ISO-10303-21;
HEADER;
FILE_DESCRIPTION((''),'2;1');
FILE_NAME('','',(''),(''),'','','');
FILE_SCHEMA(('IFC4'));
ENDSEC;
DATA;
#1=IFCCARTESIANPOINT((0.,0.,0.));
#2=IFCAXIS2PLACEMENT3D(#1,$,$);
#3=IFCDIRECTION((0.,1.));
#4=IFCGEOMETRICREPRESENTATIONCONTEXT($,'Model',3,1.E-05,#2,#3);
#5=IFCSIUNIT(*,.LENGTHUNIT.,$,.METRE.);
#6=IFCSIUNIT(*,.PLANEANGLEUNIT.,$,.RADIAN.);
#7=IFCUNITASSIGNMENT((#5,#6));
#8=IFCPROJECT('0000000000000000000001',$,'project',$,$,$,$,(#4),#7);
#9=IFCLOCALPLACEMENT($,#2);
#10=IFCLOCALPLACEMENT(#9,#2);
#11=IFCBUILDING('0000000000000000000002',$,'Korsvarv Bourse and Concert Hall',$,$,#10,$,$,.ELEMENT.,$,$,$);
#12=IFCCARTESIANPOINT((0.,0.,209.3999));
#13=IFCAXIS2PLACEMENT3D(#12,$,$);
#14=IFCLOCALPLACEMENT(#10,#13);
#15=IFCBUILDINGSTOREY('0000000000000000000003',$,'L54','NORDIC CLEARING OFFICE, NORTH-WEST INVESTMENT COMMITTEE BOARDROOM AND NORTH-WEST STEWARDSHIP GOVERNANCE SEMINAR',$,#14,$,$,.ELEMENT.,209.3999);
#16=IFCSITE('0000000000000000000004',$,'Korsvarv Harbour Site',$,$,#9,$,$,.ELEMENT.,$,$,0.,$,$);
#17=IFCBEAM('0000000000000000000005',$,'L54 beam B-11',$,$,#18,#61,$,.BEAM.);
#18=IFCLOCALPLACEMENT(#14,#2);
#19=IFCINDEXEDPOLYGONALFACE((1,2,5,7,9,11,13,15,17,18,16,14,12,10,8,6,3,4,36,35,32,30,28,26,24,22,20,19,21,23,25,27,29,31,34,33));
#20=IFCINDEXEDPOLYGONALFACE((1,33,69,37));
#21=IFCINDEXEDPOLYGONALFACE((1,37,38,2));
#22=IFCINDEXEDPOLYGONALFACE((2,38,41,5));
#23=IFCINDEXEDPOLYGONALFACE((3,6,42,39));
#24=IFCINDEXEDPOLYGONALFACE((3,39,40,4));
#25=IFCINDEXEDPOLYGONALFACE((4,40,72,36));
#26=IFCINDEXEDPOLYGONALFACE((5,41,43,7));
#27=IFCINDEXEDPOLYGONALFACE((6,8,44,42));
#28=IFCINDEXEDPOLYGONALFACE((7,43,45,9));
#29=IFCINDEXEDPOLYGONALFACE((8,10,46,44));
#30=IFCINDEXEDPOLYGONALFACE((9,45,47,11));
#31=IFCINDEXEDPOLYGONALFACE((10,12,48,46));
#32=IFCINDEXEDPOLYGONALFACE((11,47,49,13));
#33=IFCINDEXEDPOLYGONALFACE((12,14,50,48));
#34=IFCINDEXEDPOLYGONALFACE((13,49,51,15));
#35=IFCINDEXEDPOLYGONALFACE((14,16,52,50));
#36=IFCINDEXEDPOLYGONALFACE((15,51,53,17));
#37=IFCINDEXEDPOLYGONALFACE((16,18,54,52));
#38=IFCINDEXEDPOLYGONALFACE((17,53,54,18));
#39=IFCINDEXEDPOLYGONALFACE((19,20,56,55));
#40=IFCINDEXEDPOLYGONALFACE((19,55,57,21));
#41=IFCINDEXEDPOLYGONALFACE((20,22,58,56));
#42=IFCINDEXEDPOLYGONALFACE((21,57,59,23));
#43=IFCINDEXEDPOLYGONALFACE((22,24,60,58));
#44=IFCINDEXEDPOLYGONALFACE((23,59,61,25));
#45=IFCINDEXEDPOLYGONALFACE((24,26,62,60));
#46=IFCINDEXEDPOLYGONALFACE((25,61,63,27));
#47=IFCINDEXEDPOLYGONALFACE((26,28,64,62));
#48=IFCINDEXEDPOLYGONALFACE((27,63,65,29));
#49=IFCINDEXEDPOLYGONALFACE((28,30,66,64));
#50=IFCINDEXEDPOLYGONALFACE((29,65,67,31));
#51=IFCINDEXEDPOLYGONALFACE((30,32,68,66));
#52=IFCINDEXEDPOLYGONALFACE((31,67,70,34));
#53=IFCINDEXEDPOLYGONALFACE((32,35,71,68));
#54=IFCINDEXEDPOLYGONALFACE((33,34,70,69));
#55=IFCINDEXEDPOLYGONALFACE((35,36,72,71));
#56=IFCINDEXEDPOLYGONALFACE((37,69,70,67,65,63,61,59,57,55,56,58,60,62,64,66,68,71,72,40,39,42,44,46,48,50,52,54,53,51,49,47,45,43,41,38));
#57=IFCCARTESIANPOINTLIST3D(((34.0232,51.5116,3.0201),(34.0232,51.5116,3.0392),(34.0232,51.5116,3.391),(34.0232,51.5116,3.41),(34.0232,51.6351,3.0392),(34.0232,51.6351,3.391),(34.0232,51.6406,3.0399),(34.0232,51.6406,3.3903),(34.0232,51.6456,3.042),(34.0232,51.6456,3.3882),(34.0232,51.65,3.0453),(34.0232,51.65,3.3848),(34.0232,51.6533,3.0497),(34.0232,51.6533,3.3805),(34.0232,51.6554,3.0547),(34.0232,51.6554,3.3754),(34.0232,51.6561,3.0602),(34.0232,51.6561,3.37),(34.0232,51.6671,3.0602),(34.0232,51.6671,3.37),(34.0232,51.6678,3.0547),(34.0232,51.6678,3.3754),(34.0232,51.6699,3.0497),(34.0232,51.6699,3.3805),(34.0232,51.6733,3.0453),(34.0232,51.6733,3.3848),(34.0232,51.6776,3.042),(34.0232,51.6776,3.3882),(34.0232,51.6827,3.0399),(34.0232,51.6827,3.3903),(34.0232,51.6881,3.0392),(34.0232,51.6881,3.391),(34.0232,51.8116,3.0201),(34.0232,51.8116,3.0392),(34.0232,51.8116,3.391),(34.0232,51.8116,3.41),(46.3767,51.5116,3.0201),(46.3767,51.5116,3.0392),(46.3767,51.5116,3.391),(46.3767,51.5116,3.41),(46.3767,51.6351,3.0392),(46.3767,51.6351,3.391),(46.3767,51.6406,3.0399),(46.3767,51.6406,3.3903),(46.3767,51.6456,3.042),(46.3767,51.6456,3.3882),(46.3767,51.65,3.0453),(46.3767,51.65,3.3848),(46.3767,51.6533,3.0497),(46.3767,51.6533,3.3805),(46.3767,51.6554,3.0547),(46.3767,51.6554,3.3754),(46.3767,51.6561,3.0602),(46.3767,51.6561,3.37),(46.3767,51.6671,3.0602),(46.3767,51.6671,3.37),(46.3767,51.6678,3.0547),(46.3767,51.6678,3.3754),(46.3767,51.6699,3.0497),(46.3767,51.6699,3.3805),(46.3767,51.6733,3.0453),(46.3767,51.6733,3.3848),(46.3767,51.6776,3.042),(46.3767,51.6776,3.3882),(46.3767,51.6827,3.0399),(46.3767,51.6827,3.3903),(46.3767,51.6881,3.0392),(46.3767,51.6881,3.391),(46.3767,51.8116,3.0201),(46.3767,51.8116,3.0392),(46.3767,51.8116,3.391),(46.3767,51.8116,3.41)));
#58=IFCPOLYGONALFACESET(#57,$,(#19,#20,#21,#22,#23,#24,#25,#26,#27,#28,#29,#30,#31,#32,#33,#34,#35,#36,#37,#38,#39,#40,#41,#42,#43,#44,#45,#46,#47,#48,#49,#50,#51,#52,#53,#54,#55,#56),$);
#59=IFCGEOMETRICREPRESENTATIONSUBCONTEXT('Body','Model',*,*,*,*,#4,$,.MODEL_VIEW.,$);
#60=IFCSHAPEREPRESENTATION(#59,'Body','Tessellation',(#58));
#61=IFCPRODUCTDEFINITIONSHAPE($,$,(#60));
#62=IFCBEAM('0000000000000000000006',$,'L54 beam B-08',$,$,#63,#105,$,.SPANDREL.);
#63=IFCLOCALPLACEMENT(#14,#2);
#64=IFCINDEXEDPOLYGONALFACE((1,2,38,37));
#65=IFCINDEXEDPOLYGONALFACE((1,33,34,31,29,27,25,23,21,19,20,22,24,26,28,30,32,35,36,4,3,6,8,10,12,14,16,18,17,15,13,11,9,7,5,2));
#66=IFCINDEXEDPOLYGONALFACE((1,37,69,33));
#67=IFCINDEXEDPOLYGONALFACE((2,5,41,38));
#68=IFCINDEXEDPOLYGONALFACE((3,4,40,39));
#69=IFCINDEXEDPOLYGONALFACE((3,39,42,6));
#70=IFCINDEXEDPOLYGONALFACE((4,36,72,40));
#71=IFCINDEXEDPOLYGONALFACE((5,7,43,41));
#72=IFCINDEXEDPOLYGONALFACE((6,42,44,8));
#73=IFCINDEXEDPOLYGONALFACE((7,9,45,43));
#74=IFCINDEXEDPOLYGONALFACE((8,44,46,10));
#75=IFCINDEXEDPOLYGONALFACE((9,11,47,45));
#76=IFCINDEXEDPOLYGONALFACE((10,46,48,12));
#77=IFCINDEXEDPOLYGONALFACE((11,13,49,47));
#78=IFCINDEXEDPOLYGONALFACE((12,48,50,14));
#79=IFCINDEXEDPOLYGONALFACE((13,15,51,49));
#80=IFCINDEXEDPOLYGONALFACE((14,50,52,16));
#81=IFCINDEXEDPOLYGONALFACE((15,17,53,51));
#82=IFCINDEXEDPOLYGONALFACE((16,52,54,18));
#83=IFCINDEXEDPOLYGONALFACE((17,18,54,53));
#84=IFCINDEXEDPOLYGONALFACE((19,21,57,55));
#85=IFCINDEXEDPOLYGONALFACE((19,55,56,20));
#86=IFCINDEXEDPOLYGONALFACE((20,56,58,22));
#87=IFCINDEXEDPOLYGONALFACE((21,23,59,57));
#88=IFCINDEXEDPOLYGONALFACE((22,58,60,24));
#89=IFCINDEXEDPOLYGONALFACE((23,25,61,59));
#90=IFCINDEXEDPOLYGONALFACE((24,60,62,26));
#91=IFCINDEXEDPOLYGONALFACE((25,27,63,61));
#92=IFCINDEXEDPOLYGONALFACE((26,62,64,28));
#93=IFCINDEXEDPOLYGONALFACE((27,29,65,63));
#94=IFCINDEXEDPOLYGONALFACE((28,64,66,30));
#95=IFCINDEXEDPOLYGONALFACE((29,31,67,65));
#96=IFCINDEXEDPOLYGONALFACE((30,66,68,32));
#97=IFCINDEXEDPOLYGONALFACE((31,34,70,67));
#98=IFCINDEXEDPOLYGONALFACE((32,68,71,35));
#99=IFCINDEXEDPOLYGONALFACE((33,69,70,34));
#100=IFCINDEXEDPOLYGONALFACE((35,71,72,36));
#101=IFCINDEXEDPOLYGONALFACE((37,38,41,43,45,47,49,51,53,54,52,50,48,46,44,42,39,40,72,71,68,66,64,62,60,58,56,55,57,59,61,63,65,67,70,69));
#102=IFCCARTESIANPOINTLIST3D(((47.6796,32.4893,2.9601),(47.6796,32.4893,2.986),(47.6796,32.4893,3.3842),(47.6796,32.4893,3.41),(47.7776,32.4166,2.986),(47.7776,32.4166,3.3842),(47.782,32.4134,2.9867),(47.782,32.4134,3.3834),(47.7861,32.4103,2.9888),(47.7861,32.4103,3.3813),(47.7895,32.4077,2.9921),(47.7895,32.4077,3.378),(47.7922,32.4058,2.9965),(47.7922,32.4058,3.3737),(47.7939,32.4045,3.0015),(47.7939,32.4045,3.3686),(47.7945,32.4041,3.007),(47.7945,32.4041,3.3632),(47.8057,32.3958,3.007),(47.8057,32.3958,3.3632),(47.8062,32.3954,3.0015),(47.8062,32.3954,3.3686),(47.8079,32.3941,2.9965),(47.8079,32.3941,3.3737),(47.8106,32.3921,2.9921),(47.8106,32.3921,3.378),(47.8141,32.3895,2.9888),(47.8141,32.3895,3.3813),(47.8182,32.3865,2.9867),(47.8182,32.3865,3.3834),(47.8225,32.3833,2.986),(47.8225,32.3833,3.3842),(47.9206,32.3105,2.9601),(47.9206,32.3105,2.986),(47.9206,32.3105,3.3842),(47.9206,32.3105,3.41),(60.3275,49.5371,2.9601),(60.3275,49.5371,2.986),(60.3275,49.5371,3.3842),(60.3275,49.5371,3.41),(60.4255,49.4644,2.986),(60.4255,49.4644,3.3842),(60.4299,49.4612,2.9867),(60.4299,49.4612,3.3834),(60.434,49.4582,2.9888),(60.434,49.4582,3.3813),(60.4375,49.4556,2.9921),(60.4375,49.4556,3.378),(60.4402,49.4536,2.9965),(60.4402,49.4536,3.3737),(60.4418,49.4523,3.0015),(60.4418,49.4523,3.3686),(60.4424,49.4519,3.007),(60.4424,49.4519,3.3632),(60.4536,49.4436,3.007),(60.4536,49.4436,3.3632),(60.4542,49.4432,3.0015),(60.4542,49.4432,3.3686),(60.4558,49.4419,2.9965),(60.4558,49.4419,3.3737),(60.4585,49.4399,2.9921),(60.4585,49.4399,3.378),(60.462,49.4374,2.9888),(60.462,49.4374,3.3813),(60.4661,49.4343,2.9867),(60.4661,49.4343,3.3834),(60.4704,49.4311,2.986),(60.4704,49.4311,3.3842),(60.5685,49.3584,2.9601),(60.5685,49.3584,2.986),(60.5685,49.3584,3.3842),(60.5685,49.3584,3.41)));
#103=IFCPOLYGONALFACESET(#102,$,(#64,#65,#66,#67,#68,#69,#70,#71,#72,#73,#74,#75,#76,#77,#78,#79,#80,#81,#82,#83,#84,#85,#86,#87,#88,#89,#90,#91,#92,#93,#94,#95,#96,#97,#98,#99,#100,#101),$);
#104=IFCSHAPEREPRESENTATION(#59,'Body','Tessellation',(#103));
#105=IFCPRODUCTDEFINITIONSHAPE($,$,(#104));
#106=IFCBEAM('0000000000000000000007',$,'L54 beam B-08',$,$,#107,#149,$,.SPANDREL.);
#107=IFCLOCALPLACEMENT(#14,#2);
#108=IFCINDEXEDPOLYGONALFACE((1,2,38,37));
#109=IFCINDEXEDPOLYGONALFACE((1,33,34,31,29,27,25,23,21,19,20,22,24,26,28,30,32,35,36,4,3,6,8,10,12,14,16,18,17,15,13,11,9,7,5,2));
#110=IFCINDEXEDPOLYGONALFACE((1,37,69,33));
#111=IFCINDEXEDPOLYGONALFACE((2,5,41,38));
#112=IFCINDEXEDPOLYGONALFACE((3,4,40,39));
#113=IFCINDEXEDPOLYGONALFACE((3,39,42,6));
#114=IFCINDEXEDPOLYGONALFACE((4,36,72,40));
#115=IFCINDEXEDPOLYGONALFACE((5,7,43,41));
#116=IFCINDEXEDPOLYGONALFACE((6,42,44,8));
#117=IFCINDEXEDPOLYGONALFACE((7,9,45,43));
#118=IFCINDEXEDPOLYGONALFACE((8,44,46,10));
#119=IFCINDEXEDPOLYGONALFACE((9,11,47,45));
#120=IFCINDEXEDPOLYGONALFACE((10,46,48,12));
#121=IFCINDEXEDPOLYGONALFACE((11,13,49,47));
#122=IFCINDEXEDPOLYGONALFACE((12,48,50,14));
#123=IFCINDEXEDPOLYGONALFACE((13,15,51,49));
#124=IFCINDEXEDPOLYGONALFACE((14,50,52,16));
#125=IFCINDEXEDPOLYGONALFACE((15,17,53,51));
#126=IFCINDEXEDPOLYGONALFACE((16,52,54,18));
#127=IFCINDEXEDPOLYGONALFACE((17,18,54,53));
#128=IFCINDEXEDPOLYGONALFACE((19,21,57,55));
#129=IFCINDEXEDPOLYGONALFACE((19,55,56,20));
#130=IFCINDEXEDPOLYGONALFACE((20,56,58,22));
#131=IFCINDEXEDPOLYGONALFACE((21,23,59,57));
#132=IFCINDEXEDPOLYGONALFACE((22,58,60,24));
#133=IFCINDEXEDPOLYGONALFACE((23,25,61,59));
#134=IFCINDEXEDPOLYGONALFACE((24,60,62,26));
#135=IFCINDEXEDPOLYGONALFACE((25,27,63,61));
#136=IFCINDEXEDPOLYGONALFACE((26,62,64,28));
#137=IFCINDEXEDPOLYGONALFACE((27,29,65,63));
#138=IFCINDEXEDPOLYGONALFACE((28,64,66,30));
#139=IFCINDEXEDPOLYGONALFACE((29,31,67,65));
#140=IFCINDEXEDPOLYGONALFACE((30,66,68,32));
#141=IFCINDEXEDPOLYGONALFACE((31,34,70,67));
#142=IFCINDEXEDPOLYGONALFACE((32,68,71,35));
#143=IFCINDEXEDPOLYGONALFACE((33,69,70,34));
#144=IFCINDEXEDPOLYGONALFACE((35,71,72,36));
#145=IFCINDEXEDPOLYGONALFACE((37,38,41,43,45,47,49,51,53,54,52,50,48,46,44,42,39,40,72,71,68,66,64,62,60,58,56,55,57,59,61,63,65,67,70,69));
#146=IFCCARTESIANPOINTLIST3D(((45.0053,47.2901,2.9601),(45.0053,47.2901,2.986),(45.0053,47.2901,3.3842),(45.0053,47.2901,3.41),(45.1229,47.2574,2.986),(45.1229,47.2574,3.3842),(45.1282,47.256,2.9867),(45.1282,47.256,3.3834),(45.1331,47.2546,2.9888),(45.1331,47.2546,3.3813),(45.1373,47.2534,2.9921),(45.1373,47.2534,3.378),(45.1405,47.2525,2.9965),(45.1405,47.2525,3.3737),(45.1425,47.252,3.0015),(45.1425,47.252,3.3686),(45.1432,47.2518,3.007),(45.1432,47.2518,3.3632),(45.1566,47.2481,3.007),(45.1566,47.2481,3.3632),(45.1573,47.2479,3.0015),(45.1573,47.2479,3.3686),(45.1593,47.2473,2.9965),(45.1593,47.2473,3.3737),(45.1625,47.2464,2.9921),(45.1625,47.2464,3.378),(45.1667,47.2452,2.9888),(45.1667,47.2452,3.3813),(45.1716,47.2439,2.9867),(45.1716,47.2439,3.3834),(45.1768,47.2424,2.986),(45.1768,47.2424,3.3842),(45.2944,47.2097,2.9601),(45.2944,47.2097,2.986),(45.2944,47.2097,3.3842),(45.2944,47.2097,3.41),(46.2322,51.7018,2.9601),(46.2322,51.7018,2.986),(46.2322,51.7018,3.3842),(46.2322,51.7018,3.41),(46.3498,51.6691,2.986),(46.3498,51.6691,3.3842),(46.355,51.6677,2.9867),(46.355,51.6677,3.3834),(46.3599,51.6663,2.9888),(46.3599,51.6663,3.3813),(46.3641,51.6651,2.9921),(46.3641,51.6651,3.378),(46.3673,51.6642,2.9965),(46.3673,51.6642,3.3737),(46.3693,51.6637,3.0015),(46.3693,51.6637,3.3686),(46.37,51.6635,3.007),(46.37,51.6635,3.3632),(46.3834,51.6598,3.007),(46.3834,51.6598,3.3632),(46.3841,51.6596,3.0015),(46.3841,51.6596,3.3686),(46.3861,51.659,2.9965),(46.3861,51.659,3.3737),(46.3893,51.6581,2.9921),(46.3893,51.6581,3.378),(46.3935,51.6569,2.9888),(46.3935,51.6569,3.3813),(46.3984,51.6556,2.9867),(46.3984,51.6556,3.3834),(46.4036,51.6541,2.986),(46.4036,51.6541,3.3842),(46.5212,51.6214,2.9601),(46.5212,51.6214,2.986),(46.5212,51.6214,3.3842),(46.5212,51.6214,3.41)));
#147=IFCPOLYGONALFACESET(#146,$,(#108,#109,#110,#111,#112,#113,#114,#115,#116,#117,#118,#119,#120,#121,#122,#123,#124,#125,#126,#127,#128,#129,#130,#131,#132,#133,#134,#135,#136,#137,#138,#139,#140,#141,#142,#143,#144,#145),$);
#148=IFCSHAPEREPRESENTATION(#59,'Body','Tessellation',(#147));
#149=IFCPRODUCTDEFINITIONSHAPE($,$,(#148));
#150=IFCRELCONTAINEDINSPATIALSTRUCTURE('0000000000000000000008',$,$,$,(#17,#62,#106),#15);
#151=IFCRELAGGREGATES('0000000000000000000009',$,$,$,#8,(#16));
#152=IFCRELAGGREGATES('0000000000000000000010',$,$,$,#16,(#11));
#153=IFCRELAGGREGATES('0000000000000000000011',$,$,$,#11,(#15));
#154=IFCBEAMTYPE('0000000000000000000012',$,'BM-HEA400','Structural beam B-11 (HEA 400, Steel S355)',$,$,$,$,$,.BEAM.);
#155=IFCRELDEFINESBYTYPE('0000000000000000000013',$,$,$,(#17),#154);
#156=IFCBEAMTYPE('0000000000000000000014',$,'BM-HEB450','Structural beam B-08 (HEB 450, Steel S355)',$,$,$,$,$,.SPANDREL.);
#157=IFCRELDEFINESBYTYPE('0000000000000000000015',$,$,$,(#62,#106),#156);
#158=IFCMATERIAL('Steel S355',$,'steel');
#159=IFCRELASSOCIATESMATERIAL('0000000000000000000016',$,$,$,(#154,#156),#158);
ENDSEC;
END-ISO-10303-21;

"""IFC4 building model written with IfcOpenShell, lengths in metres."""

from ifc_helpers import new_model, si_unit, direction, frame, origin, origin_2d, place, context, subcontext, project, spatial, i_section, extrude, source, transform, mapped, material, material_profile, profile_set, type_object, element, save


model = new_model("IFC4")

# Units and contexts
model_context = context("Model", 3, precision=1e-05, world=origin(), true_north=direction((0.0, 1.0)))
body_context = subcontext(model_context, "Body", "Model", "MODEL_VIEW")
ifc_project = project(units=[si_unit("LENGTHUNIT", "METRE"), si_unit("PLANEANGLEUNIT", "RADIAN")], contexts=[model_context])

# Site, building, storey
site_placement = place(None, origin())
site = spatial("IfcSite", under=ifc_project, at=site_placement, Name="Korsvarv Harbour Site", CompositionType="ELEMENT", RefElevation=0.0)
building_placement = place(site_placement, origin())
building = spatial("IfcBuilding", under=site, at=building_placement, Name="Korsvarv Bourse and Concert Hall", CompositionType="ELEMENT")
storey_placement = place(building_placement, frame((0.0, 0.0, 209.3999)))
storey = spatial("IfcBuildingStorey", under=building, at=storey_placement, Name="L54", Description="NORDIC CLEARING OFFICE, NORTH-WEST INVESTMENT COMMITTEE BOARDROOM AND NORTH-WEST STEWARDSHIP GOVERNANCE SEMINAR", CompositionType="ELEMENT", Elevation=209.3999)

# Shared definitions
ifc_material_1 = material(Name="Steel S355", Category="steel")

# Beams
ifc_material_profile_1 = material_profile(ifc_material_1, i_section(OverallWidth=0.3, OverallDepth=0.3899, WebThickness=0.011, FlangeThickness=0.019, FilletRadius=0.021, at=origin_2d()), Name="HEA 400")
ifc_profile_set_1 = profile_set([ifc_material_profile_1], Name="Steel S355")
beam_type_1 = type_object("IfcBeamType", Name="BM-HEA400", Description="Structural beam B-11 (HEA 400, Steel S355)", PredefinedType="BEAM", material=ifc_profile_set_1)
shared_shape_1 = source(origin(), body_context, "Body", "SweptSolid", [
    extrude(i_section(OverallWidth=0.3, OverallDepth=0.3899, WebThickness=0.011, FlangeThickness=0.019, FilletRadius=0.021, at=origin_2d()), origin(), (0.0, 0.0, 1.0), 12.3535),
])
beam_1_placement = place(storey_placement, frame((46.3767, 51.6616, 3.2151), z_axis=(-1.0, 0.0, 0.0), x_axis=(0.0, -1.0, 0.0)))
element("IfcBeam", 1, at=beam_1_placement, inside=storey, type_object=beam_type_1, Name="L54 beam B-11", PredefinedType="BEAM", context=body_context, shape_type="MappedRepresentation", body=[
    mapped(shared_shape_1, transform((0.0, 0.0, 0.0), scale=1.0)),
])
ifc_material_profile_2 = material_profile(ifc_material_1, i_section(OverallWidth=0.3, OverallDepth=0.45, WebThickness=0.0139, FlangeThickness=0.0259, FilletRadius=0.021, at=origin_2d()), Name="HEB 450")
ifc_profile_set_2 = profile_set([ifc_material_profile_2], Name="Steel S355")
beam_type_2 = type_object("IfcBeamType", Name="BM-HEB450", Description="Structural beam B-08 (HEB 450, Steel S355)", PredefinedType="SPANDREL", material=ifc_profile_set_2)
shared_shape_2 = source(origin(), body_context, "Body", "SweptSolid", [
    extrude(i_section(OverallWidth=0.3, OverallDepth=0.45, WebThickness=0.0139, FlangeThickness=0.0259, FilletRadius=0.021, at=origin_2d()), origin(), (0.0, 0.0, 1.0), 21.2273),
])
beam_2_placement = place(storey_placement, frame((60.448, 49.4478, 3.1851), z_axis=(-0.595833, -0.803108, 0.0), x_axis=(0.803108, -0.595833, 0.0)))
element("IfcBeam", 2, at=beam_2_placement, inside=storey, type_object=beam_type_2, Name="L54 beam B-08", PredefinedType="SPANDREL", context=body_context, shape_type="MappedRepresentation", body=[
    mapped(shared_shape_2, transform((0.0, 0.0, 0.0), scale=1.0)),
])
shared_shape_3 = source(origin(), body_context, "Body", "SweptSolid", [
    extrude(i_section(OverallWidth=0.3, OverallDepth=0.45, WebThickness=0.0139, FlangeThickness=0.0259, FilletRadius=0.021, at=origin_2d()), origin(), (0.0, 0.0, 1.0), 4.5791),
])
beam_3_placement = place(storey_placement, frame((46.3767, 51.6616, 3.1851), z_axis=(-0.267919, -0.963441, 0.0), x_axis=(0.963441, -0.267919, 0.0)))
element("IfcBeam", 3, at=beam_3_placement, inside=storey, type_object=beam_type_2, Name="L54 beam B-08", PredefinedType="SPANDREL", context=body_context, shape_type="MappedRepresentation", body=[
    mapped(shared_shape_3, transform((0.0, 0.0, 0.0), scale=1.0)),
])

save(model, "model.ifc")
